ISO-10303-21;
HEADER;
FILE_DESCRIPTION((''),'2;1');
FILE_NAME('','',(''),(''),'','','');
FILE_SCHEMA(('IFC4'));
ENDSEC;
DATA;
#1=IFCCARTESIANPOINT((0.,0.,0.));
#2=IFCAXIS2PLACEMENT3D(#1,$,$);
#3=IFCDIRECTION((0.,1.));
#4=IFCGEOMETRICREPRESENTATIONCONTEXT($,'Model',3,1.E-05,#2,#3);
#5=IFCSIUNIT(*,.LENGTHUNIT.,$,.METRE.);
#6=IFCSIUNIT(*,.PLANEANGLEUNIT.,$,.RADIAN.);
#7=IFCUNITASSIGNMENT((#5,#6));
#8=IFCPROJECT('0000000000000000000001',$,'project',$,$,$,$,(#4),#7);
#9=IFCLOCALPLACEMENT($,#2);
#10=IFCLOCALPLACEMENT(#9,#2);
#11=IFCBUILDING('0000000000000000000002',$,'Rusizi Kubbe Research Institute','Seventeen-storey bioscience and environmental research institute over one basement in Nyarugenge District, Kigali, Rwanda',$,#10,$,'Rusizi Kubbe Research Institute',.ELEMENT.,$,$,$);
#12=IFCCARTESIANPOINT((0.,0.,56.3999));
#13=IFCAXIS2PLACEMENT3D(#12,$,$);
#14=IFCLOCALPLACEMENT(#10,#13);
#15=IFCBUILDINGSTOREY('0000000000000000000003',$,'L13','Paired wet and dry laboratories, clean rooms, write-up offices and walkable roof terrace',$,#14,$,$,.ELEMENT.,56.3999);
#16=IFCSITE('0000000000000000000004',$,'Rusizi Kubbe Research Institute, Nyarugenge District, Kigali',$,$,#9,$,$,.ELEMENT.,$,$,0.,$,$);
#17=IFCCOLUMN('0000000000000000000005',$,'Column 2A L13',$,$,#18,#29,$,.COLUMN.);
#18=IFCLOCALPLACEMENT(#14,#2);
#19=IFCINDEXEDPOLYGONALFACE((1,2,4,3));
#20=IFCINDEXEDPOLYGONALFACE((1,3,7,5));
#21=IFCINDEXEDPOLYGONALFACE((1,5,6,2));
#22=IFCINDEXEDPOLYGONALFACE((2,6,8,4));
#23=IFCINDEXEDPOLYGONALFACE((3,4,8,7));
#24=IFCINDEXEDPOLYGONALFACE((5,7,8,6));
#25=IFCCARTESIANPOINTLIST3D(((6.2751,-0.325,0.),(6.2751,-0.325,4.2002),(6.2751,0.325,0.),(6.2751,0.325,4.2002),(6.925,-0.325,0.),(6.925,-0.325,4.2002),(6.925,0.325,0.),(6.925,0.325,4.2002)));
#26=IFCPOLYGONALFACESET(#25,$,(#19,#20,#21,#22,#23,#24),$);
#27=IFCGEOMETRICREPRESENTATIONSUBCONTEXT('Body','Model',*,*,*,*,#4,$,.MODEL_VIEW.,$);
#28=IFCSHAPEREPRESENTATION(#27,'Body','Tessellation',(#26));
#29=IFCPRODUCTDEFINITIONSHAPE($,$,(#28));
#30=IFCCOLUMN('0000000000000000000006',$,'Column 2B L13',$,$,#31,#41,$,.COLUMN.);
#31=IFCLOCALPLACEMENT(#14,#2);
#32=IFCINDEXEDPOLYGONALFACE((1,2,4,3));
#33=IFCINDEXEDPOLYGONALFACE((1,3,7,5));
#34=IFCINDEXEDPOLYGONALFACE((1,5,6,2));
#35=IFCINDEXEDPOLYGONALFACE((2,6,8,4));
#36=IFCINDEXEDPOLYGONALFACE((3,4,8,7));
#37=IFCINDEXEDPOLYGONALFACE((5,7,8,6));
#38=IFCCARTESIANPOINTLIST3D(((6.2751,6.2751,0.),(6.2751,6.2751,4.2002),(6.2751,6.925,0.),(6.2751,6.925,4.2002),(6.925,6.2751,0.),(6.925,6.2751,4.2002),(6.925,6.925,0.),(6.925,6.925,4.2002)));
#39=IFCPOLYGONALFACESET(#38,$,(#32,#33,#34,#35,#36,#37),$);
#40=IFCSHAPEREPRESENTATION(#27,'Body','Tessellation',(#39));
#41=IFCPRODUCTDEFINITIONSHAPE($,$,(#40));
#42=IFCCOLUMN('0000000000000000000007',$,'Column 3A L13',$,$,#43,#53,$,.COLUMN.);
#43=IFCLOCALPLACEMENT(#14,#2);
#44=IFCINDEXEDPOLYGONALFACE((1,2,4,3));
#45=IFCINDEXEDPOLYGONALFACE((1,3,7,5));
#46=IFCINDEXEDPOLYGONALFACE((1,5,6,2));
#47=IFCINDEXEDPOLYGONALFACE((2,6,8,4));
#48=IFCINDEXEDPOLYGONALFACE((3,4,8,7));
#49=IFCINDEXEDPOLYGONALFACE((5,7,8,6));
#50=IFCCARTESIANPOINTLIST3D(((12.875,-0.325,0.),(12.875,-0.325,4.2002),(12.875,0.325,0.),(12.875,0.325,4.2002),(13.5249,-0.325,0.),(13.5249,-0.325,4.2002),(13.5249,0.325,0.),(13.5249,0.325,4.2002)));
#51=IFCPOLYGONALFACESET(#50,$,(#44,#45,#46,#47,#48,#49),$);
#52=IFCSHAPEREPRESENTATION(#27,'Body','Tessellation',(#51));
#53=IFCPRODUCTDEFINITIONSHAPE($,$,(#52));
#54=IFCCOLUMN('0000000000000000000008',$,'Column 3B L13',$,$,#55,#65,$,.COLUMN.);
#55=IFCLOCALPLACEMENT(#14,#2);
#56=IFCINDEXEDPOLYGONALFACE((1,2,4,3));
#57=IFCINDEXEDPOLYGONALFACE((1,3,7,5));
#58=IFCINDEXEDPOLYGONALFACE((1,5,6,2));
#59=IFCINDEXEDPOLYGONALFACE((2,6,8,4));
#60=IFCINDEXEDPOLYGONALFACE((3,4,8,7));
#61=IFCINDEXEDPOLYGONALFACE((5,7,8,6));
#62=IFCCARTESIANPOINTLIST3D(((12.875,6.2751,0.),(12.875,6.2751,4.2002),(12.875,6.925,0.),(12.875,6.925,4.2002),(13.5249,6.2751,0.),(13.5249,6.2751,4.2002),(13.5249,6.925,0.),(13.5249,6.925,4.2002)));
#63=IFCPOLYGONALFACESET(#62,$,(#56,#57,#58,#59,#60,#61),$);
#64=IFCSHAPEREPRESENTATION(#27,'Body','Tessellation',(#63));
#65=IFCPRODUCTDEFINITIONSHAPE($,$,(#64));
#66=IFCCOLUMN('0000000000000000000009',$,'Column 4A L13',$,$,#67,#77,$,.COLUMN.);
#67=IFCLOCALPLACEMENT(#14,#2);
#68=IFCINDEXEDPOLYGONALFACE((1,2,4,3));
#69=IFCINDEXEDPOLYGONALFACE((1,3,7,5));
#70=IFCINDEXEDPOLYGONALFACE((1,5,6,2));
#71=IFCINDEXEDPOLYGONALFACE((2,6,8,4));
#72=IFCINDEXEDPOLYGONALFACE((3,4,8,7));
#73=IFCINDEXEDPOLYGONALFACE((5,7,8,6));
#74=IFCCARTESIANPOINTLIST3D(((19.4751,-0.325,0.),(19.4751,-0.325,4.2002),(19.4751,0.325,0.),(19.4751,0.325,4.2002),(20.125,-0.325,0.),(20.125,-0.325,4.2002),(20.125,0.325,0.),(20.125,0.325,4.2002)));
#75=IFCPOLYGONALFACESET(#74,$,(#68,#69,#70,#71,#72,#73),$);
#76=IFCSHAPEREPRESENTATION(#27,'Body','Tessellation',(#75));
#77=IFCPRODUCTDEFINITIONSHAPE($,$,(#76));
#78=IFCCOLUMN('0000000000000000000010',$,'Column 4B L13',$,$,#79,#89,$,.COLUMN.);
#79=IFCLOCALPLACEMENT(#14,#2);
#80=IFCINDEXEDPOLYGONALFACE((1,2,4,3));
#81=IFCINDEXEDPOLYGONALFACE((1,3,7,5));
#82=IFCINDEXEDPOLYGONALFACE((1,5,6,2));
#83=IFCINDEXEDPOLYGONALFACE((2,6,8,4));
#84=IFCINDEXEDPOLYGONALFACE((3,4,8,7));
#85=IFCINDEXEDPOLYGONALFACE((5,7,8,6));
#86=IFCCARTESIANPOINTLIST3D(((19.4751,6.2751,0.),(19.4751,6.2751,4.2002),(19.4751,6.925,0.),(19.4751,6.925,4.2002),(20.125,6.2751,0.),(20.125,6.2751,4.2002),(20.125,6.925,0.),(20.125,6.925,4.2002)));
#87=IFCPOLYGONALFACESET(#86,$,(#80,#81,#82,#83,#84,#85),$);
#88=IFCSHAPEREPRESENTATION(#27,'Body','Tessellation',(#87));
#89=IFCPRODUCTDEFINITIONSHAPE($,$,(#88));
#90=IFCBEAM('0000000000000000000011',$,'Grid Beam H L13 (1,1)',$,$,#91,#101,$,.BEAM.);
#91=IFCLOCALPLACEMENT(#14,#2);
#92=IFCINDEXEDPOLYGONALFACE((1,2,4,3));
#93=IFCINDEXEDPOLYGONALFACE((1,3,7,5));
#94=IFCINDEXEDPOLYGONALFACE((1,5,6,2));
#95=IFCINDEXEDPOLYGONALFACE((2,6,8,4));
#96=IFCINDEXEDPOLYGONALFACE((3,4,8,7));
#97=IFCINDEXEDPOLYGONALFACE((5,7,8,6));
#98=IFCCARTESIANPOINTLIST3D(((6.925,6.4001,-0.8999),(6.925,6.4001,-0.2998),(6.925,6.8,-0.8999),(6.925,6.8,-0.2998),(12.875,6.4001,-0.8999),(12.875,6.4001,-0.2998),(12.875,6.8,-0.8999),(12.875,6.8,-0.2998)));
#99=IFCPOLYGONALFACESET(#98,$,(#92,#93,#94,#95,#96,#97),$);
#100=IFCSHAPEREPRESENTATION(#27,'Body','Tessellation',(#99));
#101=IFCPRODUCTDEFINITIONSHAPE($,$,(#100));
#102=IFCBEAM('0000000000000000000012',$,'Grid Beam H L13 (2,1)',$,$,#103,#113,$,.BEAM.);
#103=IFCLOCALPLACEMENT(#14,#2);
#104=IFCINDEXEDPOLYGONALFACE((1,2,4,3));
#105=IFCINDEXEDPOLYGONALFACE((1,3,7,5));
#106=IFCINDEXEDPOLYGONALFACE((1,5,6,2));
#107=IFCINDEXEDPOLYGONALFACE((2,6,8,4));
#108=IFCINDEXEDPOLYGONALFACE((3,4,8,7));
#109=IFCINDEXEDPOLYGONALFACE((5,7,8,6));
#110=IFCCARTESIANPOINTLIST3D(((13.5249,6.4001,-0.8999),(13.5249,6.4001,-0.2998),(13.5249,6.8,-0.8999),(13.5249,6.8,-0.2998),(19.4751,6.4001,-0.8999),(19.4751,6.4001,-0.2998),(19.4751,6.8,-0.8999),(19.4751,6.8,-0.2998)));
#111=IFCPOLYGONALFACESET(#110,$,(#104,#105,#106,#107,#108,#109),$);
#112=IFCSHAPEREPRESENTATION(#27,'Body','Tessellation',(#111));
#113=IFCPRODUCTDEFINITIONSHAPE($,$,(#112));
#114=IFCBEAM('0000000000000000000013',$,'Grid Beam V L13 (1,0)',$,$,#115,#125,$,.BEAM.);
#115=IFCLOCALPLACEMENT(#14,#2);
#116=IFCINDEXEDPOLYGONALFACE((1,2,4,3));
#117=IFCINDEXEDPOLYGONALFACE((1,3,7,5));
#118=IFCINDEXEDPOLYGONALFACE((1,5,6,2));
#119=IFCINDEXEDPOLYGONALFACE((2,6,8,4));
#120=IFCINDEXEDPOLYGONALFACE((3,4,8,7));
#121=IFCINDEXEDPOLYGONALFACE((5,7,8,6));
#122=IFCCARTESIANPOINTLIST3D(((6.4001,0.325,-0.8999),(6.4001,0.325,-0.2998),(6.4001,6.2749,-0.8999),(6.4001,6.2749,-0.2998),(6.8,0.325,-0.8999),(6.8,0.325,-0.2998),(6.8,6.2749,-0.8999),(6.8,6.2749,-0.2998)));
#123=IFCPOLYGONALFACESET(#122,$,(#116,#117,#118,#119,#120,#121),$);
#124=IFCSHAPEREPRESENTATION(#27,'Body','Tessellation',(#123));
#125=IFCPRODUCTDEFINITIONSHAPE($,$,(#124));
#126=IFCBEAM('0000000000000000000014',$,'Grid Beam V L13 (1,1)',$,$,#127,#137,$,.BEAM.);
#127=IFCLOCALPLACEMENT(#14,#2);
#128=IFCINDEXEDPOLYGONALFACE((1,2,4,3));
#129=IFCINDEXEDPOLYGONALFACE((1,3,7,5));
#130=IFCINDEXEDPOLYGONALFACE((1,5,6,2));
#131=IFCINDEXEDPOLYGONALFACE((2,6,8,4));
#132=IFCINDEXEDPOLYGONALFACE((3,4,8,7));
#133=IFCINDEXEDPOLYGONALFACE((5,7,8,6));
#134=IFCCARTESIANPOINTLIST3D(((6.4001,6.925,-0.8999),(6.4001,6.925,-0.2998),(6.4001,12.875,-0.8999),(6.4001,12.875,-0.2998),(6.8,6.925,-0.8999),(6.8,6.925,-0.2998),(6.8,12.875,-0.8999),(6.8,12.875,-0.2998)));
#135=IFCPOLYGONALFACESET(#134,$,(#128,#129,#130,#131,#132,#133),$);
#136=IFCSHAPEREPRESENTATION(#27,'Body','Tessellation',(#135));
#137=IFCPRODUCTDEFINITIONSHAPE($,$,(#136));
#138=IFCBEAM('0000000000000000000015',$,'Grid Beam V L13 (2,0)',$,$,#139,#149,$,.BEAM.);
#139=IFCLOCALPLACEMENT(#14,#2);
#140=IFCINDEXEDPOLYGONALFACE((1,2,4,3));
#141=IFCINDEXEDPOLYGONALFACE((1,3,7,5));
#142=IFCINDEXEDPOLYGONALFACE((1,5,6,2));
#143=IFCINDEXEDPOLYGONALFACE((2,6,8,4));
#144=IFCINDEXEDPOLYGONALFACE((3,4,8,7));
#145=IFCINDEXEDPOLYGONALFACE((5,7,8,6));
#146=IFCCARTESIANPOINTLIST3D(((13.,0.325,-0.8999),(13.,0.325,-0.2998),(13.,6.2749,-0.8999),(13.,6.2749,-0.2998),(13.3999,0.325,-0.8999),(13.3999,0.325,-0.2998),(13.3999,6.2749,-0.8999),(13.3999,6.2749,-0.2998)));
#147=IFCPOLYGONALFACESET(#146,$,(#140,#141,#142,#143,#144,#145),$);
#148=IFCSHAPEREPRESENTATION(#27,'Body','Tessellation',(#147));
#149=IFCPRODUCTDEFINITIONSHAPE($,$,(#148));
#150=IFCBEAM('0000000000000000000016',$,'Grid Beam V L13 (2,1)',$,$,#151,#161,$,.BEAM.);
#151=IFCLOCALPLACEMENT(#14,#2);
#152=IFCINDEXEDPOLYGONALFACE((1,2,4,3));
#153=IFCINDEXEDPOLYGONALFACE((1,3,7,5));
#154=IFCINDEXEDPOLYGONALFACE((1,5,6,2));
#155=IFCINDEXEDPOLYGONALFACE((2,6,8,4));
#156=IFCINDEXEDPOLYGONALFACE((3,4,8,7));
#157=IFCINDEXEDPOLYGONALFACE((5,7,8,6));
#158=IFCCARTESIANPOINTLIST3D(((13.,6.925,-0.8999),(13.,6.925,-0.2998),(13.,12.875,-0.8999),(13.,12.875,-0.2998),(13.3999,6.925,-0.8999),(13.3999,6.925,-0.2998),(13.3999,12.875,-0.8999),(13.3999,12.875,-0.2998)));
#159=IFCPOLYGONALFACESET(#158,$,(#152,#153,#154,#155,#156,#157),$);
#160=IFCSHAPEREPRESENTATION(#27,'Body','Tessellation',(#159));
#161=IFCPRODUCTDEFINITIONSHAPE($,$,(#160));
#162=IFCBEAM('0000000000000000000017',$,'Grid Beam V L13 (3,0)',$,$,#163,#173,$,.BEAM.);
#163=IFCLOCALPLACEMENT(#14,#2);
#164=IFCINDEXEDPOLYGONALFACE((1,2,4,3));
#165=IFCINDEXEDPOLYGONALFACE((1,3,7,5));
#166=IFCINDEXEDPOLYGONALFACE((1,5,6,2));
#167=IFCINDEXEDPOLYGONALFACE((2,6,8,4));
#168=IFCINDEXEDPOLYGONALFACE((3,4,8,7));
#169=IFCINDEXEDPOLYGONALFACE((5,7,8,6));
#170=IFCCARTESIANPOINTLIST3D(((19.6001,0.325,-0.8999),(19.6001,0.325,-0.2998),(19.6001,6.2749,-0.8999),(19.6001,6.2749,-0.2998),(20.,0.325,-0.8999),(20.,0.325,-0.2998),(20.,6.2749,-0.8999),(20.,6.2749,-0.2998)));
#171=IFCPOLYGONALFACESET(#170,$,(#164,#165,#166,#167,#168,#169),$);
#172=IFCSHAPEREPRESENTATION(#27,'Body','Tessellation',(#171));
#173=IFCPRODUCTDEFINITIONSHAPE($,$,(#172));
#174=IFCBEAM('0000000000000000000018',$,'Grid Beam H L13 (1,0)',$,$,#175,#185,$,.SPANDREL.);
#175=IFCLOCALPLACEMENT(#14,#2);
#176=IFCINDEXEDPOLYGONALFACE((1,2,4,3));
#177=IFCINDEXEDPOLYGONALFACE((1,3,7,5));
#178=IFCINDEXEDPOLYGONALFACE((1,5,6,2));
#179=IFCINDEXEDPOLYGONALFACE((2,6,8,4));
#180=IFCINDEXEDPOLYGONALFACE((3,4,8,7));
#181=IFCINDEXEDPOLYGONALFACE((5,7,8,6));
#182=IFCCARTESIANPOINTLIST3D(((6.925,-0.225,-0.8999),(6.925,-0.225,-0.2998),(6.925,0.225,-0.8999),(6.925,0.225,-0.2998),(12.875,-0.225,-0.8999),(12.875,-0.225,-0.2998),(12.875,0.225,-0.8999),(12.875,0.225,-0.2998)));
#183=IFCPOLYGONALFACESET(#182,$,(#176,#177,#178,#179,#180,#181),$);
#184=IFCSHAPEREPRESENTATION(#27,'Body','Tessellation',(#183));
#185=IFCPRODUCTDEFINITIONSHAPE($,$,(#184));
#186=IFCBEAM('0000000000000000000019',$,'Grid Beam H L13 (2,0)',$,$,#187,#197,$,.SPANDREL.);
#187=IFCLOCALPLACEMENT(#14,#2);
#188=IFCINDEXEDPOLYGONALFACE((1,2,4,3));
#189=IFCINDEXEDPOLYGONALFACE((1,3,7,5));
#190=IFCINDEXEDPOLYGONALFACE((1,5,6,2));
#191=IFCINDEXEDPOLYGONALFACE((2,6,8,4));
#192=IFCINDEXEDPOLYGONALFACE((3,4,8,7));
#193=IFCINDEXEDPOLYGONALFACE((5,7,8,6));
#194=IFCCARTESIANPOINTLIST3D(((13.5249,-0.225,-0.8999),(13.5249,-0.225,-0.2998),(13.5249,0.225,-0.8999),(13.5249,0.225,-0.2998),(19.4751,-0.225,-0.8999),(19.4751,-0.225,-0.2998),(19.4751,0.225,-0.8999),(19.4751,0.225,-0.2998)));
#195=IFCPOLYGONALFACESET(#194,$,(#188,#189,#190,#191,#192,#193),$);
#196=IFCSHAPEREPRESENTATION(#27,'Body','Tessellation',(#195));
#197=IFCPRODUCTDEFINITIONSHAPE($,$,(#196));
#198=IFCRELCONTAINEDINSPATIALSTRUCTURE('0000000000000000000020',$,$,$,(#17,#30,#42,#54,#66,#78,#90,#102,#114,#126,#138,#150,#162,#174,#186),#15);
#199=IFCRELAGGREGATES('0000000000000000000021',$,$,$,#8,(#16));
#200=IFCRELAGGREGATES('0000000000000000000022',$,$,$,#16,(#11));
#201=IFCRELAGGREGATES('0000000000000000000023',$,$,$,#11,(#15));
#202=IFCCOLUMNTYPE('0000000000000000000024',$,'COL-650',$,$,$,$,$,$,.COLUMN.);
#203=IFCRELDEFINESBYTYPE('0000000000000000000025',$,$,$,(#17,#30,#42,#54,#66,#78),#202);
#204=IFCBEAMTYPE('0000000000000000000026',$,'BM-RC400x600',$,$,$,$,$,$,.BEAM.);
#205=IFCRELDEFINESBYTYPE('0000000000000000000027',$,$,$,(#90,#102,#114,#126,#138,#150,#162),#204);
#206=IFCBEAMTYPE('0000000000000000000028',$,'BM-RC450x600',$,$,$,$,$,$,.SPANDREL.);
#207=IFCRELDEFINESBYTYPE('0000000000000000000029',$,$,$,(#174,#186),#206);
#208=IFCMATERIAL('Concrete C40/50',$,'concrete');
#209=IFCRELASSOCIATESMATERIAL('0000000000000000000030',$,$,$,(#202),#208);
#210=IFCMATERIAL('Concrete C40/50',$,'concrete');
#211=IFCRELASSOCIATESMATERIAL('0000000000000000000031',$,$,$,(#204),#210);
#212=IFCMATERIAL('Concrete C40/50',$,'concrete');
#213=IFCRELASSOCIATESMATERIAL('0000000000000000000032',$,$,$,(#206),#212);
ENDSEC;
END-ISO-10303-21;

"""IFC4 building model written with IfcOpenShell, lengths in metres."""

from ifc_helpers import new_model, si_unit, direction, frame, origin, origin_2d, place, context, subcontext, project, spatial, rectangle, extrude, material, material_profile, profile_set, type_object, element, save


model = new_model("IFC4")

# Units and contexts
model_context = context("Model", 3, precision=1e-05, world=origin(), true_north=direction((0.0, 1.0)))
body_context = subcontext(model_context, "Body", "Model", "MODEL_VIEW")
ifc_project = project(units=[si_unit("LENGTHUNIT", "METRE"), si_unit("PLANEANGLEUNIT", "RADIAN")], contexts=[model_context])

# Site, building, storey
site_placement = place(None, origin())
site = spatial("IfcSite", under=ifc_project, at=site_placement, Name="Rusizi Kubbe Research Institute, Nyarugenge District, Kigali", CompositionType="ELEMENT", RefElevation=0.0)
building_placement = place(site_placement, origin())
building = spatial("IfcBuilding", under=site, at=building_placement, Name="Rusizi Kubbe Research Institute", Description="Seventeen-storey bioscience and environmental research institute over one basement in Nyarugenge District, Kigali, Rwanda", LongName="Rusizi Kubbe Research Institute", CompositionType="ELEMENT")
storey_placement = place(building_placement, frame((0.0, 0.0, 56.3999)))
storey = spatial("IfcBuildingStorey", under=building, at=storey_placement, Name="L13", Description="Paired wet and dry laboratories, clean rooms, write-up offices and walkable roof terrace", CompositionType="ELEMENT", Elevation=56.3999)

# Columns
ifc_material_1 = material(Name="Concrete C40/50", Category="concrete")
ifc_material_profile_1 = material_profile(ifc_material_1, rectangle(XDim=0.6499, YDim=0.6499, at=origin_2d()), Name="RC650x650")
ifc_profile_set_1 = profile_set([ifc_material_profile_1], Name="Concrete C40/50")
column_type = type_object("IfcColumnType", Name="COL-650", PredefinedType="COLUMN", material=ifc_profile_set_1)
for number, where, z_axis, x_axis, name in (
    (1, (6.6001, 0.0, 0.0), (0.0, 0.0, 1.0), (1.0, 0.0, 0.0), "Column 2A L13"),
    (2, (6.6001, 6.6001, 0.0), (0.0, 0.0, 1.0), (1.0, 0.0, 0.0), "Column 2B L13"),
    (3, (13.2, 0.0, 0.0), (0.0, 0.0, 1.0), (1.0, 0.0, 0.0), "Column 3A L13"),
    (4, (13.2, 6.6001, 0.0), (0.0, 0.0, 1.0), (1.0, 0.0, 0.0), "Column 3B L13"),
    (5, (19.8, 0.0, 0.0), (0.0, 0.0, 1.0), (1.0, 0.0, 0.0), "Column 4A L13"),
    (6, (19.8, 6.6001, 0.0), (0.0, 0.0, 1.0), (1.0, 0.0, 0.0), "Column 4B L13"),
):
    element("IfcColumn", number, at=place(storey_placement, frame(where, z_axis=z_axis, x_axis=x_axis)), inside=storey, type_object=column_type, Name=name, PredefinedType="COLUMN", context=body_context, shape_type="SweptSolid", body=[
        extrude(rectangle(XDim=0.6499, YDim=0.6499, at=origin_2d()), origin(), (0.0, 0.0, 1.0), 4.2002),
    ])

# Beams
ifc_material_2 = material(Name="Concrete C40/50", Category="concrete")
ifc_material_profile_2 = material_profile(ifc_material_2, rectangle(XDim=0.3999, YDim=0.6001, at=origin_2d()), Name="RC400x600")
ifc_profile_set_2 = profile_set([ifc_material_profile_2], Name="Concrete C40/50")
beam_type_1 = type_object("IfcBeamType", Name="BM-RC400x600", PredefinedType="BEAM", material=ifc_profile_set_2)
beam_1_placement = place(storey_placement, frame((6.925, 6.6001, -0.5999), z_axis=(1.0, 0.0, 0.0), x_axis=(0.0, 1.0, 0.0)))
element("IfcBeam", 7, at=beam_1_placement, inside=storey, type_object=beam_type_1, Name="Grid Beam H L13 (1,1)", PredefinedType="BEAM", context=body_context, shape_type="SweptSolid", body=[
    extrude(rectangle(XDim=0.3999, YDim=0.6001, at=origin_2d()), origin(), (0.0, 0.0, 1.0), 5.95),
])
beam_2_placement = place(storey_placement, frame((13.5249, 6.6001, -0.5999), z_axis=(1.0, 0.0, 0.0), x_axis=(0.0, 1.0, 0.0)))
element("IfcBeam", 8, at=beam_2_placement, inside=storey, type_object=beam_type_1, Name="Grid Beam H L13 (2,1)", PredefinedType="BEAM", context=body_context, shape_type="SweptSolid", body=[
    extrude(rectangle(XDim=0.3999, YDim=0.6001, at=origin_2d()), origin(), (0.0, 0.0, 1.0), 5.9502),
])
for number, where, z_axis, x_axis, name in (
    (9, (6.6001, 0.325, -0.5999), (0.0, 1.0, 0.0), (-1.0, 0.0, 0.0), "Grid Beam V L13 (1,0)"),
    (10, (6.6001, 6.925, -0.5999), (0.0, 1.0, 0.0), (-1.0, 0.0, 0.0), "Grid Beam V L13 (1,1)"),
    (11, (13.2, 0.325, -0.5999), (0.0, 1.0, 0.0), (-1.0, 0.0, 0.0), "Grid Beam V L13 (2,0)"),
    (12, (13.2, 6.925, -0.5999), (0.0, 1.0, 0.0), (-1.0, 0.0, 0.0), "Grid Beam V L13 (2,1)"),
    (13, (19.8, 0.325, -0.5999), (0.0, 1.0, 0.0), (-1.0, 0.0, 0.0), "Grid Beam V L13 (3,0)"),
):
    element("IfcBeam", number, at=place(storey_placement, frame(where, z_axis=z_axis, x_axis=x_axis)), inside=storey, type_object=beam_type_1, Name=name, PredefinedType="BEAM", context=body_context, shape_type="SweptSolid", body=[
        extrude(rectangle(XDim=0.3999, YDim=0.6001, at=origin_2d()), origin(), (0.0, 0.0, 1.0), 5.95),
    ])
ifc_material_3 = material(Name="Concrete C40/50", Category="concrete")
ifc_material_profile_3 = material_profile(ifc_material_3, rectangle(XDim=0.45, YDim=0.6001, at=origin_2d()), Name="RC450x600")
ifc_profile_set_3 = profile_set([ifc_material_profile_3], Name="Concrete C40/50")
beam_type_2 = type_object("IfcBeamType", Name="BM-RC450x600", PredefinedType="SPANDREL", material=ifc_profile_set_3)
beam_3_placement = place(storey_placement, frame((6.925, 0.0, -0.5999), z_axis=(1.0, 0.0, 0.0), x_axis=(0.0, 1.0, 0.0)))
element("IfcBeam", 14, at=beam_3_placement, inside=storey, type_object=beam_type_2, Name="Grid Beam H L13 (1,0)", PredefinedType="SPANDREL", context=body_context, shape_type="SweptSolid", body=[
    extrude(rectangle(XDim=0.45, YDim=0.6001, at=origin_2d()), origin(), (0.0, 0.0, 1.0), 5.95),
])
beam_4_placement = place(storey_placement, frame((13.5249, 0.0, -0.5999), z_axis=(1.0, 0.0, 0.0), x_axis=(0.0, 1.0, 0.0)))
element("IfcBeam", 15, at=beam_4_placement, inside=storey, type_object=beam_type_2, Name="Grid Beam H L13 (2,0)", PredefinedType="SPANDREL", context=body_context, shape_type="SweptSolid", body=[
    extrude(rectangle(XDim=0.45, YDim=0.6001, at=origin_2d()), origin(), (0.0, 0.0, 1.0), 5.9502),
])

save(model, "model.ifc")
